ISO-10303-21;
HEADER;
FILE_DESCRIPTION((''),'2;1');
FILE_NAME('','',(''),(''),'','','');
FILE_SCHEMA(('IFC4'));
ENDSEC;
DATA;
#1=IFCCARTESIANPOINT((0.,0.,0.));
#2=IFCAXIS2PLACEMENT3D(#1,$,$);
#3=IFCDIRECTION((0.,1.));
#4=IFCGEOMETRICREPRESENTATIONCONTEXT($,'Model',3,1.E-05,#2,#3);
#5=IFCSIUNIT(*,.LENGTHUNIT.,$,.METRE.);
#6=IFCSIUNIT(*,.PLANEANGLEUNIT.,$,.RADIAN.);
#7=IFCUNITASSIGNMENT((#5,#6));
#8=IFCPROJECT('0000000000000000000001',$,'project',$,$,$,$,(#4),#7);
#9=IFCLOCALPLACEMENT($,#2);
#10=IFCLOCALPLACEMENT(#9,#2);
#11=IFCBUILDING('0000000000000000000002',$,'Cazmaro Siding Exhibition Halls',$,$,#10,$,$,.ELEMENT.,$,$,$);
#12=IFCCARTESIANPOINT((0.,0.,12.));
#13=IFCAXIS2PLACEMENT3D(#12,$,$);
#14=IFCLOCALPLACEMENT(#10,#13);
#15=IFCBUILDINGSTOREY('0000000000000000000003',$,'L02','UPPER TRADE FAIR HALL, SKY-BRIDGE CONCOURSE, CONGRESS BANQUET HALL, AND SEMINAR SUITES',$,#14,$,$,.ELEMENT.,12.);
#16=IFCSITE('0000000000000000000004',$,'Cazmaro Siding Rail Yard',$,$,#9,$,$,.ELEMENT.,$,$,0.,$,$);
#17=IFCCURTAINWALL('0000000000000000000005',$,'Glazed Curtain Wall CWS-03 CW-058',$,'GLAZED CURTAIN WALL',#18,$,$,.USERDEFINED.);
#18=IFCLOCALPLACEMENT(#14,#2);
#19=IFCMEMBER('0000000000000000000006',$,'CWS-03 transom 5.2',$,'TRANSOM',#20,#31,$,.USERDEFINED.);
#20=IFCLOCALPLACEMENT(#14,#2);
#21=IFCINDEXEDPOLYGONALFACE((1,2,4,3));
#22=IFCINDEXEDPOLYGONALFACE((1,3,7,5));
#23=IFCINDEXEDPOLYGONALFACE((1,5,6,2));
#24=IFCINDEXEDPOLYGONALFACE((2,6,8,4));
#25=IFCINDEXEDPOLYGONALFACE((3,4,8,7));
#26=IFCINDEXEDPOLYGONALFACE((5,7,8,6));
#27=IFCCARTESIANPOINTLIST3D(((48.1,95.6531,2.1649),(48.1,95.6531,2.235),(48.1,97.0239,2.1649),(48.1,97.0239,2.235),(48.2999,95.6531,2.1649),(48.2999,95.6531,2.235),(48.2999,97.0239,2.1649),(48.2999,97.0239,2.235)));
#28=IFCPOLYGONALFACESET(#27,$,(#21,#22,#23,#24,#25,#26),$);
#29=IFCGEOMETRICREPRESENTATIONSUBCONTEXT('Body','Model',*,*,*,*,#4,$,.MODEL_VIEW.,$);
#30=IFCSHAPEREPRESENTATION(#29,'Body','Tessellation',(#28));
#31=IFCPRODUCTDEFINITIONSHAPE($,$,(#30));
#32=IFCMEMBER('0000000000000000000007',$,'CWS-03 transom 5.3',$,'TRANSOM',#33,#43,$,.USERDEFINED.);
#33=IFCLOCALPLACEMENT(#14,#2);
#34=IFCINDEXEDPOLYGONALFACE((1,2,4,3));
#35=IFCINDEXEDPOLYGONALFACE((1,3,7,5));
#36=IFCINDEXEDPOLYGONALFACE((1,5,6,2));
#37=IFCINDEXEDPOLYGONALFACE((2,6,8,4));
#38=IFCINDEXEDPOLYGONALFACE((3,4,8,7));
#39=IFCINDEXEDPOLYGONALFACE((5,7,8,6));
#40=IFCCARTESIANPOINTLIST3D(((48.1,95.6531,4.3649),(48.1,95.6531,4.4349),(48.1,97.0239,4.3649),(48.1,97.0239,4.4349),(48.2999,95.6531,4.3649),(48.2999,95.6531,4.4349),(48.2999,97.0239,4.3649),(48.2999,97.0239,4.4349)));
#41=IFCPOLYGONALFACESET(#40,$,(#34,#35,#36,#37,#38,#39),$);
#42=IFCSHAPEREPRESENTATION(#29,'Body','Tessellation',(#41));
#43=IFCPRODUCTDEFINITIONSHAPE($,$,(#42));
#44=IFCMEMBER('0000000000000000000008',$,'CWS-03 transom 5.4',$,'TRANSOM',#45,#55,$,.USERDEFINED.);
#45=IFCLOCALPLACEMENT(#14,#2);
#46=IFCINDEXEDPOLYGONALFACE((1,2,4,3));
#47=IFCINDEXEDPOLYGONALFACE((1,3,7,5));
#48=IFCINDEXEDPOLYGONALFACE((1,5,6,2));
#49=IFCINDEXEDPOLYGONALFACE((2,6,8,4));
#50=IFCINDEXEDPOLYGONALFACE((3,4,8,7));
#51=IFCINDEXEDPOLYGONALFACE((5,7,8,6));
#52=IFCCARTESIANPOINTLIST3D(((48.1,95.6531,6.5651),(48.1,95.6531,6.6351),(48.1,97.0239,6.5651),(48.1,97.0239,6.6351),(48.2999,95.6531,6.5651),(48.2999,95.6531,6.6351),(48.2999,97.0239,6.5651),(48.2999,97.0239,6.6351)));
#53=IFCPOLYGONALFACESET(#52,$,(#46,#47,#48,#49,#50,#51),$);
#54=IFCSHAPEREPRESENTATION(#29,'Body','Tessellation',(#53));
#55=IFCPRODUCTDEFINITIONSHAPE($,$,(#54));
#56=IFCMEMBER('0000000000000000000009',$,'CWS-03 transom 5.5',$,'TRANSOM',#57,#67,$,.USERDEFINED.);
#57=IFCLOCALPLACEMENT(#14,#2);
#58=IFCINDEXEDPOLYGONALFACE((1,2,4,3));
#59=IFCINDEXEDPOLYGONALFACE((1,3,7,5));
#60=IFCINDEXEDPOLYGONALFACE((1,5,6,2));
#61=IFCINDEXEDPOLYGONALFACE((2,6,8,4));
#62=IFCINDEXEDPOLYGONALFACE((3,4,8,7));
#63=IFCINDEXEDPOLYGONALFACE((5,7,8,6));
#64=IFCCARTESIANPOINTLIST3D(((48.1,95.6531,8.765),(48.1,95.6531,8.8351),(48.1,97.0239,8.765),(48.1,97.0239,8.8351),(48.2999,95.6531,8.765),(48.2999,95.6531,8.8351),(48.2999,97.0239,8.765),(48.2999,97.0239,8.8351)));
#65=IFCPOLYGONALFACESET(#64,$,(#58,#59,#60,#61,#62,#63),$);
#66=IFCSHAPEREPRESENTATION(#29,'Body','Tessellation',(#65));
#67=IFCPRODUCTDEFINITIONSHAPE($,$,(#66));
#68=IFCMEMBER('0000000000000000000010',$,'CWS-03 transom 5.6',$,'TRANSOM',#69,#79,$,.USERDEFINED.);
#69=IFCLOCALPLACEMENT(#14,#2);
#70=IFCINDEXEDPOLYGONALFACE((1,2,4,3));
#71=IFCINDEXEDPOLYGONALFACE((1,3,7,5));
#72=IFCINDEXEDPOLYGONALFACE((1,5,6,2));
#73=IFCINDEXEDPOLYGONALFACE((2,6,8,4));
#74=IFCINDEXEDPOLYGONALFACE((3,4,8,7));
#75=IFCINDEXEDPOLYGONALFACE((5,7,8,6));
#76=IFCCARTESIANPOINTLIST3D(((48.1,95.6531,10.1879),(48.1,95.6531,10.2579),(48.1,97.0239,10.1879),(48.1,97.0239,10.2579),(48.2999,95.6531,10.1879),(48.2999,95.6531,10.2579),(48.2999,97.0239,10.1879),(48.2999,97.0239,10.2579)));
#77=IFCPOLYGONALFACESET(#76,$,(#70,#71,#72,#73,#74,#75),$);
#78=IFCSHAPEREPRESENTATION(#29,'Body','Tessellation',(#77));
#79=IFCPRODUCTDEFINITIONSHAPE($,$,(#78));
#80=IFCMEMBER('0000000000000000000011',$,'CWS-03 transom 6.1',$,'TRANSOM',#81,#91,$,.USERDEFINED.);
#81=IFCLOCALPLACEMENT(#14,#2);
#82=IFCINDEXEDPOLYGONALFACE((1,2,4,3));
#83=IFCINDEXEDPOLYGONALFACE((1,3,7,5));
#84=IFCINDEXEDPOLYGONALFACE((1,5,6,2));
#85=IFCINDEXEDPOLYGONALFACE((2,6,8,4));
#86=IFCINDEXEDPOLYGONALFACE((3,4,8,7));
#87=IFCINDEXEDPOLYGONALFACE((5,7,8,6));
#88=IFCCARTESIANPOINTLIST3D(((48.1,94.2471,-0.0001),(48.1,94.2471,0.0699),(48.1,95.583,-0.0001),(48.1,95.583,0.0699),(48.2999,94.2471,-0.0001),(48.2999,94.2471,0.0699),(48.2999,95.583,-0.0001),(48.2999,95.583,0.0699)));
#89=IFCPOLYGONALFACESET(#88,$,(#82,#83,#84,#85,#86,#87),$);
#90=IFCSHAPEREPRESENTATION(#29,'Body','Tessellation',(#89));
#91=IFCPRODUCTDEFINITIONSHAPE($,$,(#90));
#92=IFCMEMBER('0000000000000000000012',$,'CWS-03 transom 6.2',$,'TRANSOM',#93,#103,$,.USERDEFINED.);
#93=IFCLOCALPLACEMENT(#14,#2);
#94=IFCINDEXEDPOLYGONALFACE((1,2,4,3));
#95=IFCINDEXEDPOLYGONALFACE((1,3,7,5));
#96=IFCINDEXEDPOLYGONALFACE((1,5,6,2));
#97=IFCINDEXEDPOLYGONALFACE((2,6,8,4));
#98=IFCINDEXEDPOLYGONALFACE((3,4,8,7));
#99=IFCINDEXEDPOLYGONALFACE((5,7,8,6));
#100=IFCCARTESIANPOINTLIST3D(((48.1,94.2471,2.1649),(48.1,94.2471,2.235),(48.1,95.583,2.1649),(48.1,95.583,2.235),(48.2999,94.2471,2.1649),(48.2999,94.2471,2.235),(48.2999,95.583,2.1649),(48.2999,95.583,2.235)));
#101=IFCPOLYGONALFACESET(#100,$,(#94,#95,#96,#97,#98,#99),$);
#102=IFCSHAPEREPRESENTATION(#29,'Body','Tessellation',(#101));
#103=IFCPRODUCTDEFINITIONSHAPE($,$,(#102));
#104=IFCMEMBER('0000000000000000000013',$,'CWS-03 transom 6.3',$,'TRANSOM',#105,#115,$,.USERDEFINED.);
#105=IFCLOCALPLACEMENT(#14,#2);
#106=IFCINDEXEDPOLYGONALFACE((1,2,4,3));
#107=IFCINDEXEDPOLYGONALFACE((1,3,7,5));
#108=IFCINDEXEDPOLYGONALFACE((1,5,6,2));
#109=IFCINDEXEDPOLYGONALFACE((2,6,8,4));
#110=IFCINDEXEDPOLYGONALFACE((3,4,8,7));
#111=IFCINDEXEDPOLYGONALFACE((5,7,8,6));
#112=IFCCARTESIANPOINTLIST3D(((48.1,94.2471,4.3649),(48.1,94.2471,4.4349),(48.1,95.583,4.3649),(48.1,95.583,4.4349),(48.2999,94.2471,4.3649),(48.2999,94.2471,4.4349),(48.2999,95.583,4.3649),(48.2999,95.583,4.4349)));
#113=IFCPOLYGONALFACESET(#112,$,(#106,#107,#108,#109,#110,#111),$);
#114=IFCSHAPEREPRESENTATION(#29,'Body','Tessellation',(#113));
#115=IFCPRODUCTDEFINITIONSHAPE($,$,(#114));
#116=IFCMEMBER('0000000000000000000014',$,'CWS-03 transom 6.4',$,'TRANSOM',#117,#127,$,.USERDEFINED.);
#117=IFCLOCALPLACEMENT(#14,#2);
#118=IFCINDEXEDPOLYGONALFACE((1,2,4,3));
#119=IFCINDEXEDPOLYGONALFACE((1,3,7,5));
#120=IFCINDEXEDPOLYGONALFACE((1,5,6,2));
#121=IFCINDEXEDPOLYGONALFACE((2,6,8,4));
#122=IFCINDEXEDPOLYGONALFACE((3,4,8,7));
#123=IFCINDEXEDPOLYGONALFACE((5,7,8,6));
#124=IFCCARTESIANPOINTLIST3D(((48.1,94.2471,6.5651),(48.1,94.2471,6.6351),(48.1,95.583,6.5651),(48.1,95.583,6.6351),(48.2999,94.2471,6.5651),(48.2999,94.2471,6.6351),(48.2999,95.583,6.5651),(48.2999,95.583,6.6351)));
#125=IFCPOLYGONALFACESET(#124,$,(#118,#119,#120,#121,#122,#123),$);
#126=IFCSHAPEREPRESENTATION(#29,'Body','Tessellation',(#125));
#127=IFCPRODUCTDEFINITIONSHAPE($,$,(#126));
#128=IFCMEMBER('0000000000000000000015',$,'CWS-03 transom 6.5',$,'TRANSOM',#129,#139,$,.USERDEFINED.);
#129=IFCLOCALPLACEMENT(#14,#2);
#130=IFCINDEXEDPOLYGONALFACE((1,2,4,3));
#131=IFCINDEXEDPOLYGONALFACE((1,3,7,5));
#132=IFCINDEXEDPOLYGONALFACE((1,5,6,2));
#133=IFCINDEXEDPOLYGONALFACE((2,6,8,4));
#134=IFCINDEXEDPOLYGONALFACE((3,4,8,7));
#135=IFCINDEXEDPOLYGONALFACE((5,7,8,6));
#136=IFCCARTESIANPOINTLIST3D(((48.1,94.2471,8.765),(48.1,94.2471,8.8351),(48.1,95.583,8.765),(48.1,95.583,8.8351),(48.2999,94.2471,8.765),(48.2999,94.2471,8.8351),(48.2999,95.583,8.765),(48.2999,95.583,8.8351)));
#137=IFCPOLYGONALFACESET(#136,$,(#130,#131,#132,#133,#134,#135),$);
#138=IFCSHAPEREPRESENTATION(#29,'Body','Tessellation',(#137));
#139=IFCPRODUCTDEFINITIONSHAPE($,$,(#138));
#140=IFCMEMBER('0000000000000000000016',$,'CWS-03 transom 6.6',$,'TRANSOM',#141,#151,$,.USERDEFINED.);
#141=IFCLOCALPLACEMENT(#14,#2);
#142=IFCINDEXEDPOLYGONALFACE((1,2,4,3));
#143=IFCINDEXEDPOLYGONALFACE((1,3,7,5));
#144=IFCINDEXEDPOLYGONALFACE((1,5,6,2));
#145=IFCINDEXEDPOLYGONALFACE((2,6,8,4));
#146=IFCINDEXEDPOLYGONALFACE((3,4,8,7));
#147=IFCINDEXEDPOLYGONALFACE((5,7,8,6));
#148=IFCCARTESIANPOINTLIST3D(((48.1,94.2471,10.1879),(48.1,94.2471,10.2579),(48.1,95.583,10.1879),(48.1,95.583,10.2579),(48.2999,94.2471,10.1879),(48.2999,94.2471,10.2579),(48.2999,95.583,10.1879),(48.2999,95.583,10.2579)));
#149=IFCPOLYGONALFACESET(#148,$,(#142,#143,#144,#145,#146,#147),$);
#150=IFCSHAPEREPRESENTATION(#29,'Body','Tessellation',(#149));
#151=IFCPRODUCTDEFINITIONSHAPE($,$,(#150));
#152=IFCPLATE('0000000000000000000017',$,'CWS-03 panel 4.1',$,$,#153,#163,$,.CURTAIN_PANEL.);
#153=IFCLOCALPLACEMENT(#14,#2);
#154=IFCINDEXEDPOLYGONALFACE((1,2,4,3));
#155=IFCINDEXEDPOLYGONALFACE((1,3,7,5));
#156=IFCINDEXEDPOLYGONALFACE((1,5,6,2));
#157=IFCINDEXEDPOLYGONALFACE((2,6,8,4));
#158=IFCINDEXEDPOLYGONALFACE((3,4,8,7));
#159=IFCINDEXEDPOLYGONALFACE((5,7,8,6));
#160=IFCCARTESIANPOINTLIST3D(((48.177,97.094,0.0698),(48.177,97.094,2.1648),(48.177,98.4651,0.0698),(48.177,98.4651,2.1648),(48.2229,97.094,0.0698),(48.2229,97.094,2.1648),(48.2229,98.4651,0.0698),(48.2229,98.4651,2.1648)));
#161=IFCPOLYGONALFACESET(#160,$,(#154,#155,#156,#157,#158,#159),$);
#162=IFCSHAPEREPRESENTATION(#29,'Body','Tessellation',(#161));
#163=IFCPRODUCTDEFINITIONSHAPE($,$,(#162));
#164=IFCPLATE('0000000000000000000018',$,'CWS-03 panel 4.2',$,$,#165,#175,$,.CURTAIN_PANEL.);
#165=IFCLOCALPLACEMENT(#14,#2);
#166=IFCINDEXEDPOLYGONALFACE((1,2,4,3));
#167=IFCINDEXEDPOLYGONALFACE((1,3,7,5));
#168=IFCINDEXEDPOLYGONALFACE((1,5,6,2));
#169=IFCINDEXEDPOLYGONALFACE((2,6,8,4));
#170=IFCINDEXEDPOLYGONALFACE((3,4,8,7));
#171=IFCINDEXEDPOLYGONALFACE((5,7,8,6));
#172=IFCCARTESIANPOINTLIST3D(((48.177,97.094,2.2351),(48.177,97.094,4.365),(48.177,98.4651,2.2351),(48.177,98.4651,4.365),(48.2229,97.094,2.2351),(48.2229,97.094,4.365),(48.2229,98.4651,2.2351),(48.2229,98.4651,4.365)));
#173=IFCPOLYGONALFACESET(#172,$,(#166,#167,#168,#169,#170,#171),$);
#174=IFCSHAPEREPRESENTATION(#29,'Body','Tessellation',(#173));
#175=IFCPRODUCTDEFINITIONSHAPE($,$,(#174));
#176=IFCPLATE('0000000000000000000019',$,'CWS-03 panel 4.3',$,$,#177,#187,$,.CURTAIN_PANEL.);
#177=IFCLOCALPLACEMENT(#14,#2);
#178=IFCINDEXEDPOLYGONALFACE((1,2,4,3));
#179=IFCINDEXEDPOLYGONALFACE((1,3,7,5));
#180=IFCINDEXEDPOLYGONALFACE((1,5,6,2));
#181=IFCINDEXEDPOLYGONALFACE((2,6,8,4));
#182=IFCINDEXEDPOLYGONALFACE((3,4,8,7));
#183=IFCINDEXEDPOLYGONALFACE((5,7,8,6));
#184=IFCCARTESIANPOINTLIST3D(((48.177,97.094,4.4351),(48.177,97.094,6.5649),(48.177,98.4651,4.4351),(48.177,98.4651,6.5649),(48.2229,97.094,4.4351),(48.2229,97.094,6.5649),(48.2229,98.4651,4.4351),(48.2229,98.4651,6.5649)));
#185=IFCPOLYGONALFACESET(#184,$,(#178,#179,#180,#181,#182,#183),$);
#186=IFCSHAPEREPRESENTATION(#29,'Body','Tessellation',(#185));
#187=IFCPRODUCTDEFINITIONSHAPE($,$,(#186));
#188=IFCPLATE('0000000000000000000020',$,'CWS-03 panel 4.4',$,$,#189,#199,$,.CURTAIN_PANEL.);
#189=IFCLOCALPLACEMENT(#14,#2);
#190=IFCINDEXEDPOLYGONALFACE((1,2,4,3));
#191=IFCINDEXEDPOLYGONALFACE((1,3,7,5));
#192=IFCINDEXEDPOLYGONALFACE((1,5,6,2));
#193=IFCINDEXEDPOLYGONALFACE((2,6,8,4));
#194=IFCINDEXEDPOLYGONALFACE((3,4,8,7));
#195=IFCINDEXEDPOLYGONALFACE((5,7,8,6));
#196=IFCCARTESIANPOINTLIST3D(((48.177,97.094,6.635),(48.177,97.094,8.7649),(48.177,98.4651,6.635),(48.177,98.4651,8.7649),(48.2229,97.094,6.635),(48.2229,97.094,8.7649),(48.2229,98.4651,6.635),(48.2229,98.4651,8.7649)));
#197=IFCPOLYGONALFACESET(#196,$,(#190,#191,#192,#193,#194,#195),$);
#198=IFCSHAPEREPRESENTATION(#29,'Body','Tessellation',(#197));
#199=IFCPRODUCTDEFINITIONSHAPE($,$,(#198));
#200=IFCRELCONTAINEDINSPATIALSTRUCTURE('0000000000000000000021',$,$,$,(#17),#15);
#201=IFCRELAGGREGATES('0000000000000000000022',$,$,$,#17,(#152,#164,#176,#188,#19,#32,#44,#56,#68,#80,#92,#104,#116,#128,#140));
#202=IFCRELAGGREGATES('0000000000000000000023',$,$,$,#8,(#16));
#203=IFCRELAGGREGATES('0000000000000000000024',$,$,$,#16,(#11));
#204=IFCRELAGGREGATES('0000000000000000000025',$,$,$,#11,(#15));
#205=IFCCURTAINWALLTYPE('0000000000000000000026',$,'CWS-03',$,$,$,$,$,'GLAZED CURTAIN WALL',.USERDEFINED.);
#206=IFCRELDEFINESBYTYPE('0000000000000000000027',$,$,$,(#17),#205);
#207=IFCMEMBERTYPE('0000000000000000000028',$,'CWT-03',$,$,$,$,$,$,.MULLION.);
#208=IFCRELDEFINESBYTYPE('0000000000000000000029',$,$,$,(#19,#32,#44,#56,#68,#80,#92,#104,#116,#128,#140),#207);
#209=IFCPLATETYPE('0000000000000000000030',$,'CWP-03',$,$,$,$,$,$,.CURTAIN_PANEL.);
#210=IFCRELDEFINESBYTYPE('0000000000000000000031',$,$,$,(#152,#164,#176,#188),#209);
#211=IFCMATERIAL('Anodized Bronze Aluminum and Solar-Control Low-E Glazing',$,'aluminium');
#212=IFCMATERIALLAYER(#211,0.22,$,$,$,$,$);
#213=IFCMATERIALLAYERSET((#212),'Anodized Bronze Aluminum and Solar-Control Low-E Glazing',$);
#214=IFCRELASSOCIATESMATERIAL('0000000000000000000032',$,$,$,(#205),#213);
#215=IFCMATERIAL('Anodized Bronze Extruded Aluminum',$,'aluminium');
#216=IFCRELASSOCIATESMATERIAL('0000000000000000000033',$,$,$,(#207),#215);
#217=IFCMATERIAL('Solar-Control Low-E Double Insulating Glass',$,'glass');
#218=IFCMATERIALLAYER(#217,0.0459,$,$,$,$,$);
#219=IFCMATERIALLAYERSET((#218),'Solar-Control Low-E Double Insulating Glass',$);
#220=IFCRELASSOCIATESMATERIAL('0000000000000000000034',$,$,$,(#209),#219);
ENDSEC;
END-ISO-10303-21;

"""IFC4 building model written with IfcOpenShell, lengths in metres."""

from ifc_helpers import new_model, si_unit, direction, frame, origin, origin_2d, place, context, subcontext, project, spatial, rectangle, extrude, material, layer, layer_set, material_profile, profile_set, type_object, element, aggregate, save


model = new_model("IFC4")

# Units and contexts
model_context = context("Model", 3, precision=1e-05, world=origin(), true_north=direction((0.0, 1.0)))
body_context = subcontext(model_context, "Body", "Model", "MODEL_VIEW")
ifc_project = project(units=[si_unit("LENGTHUNIT", "METRE"), si_unit("PLANEANGLEUNIT", "RADIAN")], contexts=[model_context])

# Site, building, storey
site_placement = place(None, origin())
site = spatial("IfcSite", under=ifc_project, at=site_placement, Name="Cazmaro Siding Rail Yard", CompositionType="ELEMENT", RefElevation=0.0)
building_placement = place(site_placement, origin())
building = spatial("IfcBuilding", under=site, at=building_placement, Name="Cazmaro Siding Exhibition Halls", CompositionType="ELEMENT")
storey_placement = place(building_placement, frame((0.0, 0.0, 12.0)))
storey = spatial("IfcBuildingStorey", under=building, at=storey_placement, Name="L02", Description="UPPER TRADE FAIR HALL, SKY-BRIDGE CONCOURSE, CONGRESS BANQUET HALL, AND SEMINAR SUITES", CompositionType="ELEMENT", Elevation=12.0)

# Shared definitions
ifc_material_1 = material(Name="Anodized Bronze Aluminum and Solar-Control Low-E Glazing", Category="aluminium")
ifc_layer_1 = layer(ifc_material_1, 0.22)
ifc_layer_set_1 = layer_set([ifc_layer_1], Name="Anodized Bronze Aluminum and Solar-Control Low-E Glazing")
curtain_wall_type = type_object("IfcCurtainWallType", Name="CWS-03", ElementType="GLAZED CURTAIN WALL", PredefinedType="USERDEFINED", material=ifc_layer_set_1)

# Curtain wall
curtain_wall_1_placement = place(storey_placement, origin())
curtain_wall_1 = element("IfcCurtainWall", 1, at=curtain_wall_1_placement, inside=storey, type_object=curtain_wall_type, Name="Glazed Curtain Wall CWS-03 CW-058", ObjectType="GLAZED CURTAIN WALL", PredefinedType="USERDEFINED")

# Members
ifc_material_2 = material(Name="Anodized Bronze Extruded Aluminum", Category="aluminium")
ifc_material_profile_1 = material_profile(ifc_material_2, rectangle(XDim=0.2, YDim=0.0701, at=origin_2d()), Name="CWT-03")
ifc_profile_set_1 = profile_set([ifc_material_profile_1], Name="Anodized Bronze Extruded Aluminum")
member_type_1 = type_object("IfcMemberType", Name="CWT-03", PredefinedType="MULLION", material=ifc_profile_set_1)
member_1_placement = place(storey_placement, frame((48.2, 97.0239, 2.2), z_axis=(0.0, -1.0, 0.0), x_axis=(1.0, 0.0, 0.0)))
member_1 = element("IfcMember", 2, at=member_1_placement, type_object=member_type_1, Name="CWS-03 transom 5.2", ObjectType="TRANSOM", PredefinedType="USERDEFINED", context=body_context, shape_type="SweptSolid", body=[
    extrude(rectangle(XDim=0.2, YDim=0.0701, at=origin_2d()), origin(), (0.0, 0.0, 1.0), 1.3708),
])
member_2_placement = place(storey_placement, frame((48.2, 97.0239, 4.3999), z_axis=(0.0, -1.0, 0.0), x_axis=(1.0, 0.0, 0.0)))
member_2 = element("IfcMember", 3, at=member_2_placement, type_object=member_type_1, Name="CWS-03 transom 5.3", ObjectType="TRANSOM", PredefinedType="USERDEFINED", context=body_context, shape_type="SweptSolid", body=[
    extrude(rectangle(XDim=0.2, YDim=0.0701, at=origin_2d()), origin(), (0.0, 0.0, 1.0), 1.3708),
])
member_3_placement = place(storey_placement, frame((48.2, 97.0239, 6.6001), z_axis=(0.0, -1.0, 0.0), x_axis=(1.0, 0.0, 0.0)))
member_3 = element("IfcMember", 4, at=member_3_placement, type_object=member_type_1, Name="CWS-03 transom 5.4", ObjectType="TRANSOM", PredefinedType="USERDEFINED", context=body_context, shape_type="SweptSolid", body=[
    extrude(rectangle(XDim=0.2, YDim=0.0701, at=origin_2d()), origin(), (0.0, 0.0, 1.0), 1.3708),
])
member_4_placement = place(storey_placement, frame((48.2, 97.0239, 8.8), z_axis=(0.0, -1.0, 0.0), x_axis=(1.0, 0.0, 0.0)))
member_4 = element("IfcMember", 5, at=member_4_placement, type_object=member_type_1, Name="CWS-03 transom 5.5", ObjectType="TRANSOM", PredefinedType="USERDEFINED", context=body_context, shape_type="SweptSolid", body=[
    extrude(rectangle(XDim=0.2, YDim=0.0701, at=origin_2d()), origin(), (0.0, 0.0, 1.0), 1.3708),
])
member_5_placement = place(storey_placement, frame((48.2, 97.0239, 10.2229), z_axis=(0.0, -1.0, 0.0), x_axis=(1.0, 0.0, 0.0)))
member_5 = element("IfcMember", 6, at=member_5_placement, type_object=member_type_1, Name="CWS-03 transom 5.6", ObjectType="TRANSOM", PredefinedType="USERDEFINED", context=body_context, shape_type="SweptSolid", body=[
    extrude(rectangle(XDim=0.2, YDim=0.0701, at=origin_2d()), origin(), (0.0, 0.0, 1.0), 1.3708),
])
member_6_placement = place(storey_placement, frame((48.2, 95.583, 0.0349), z_axis=(0.0, -1.0, 0.0), x_axis=(1.0, 0.0, 0.0)))
member_6 = element("IfcMember", 7, at=member_6_placement, type_object=member_type_1, Name="CWS-03 transom 6.1", ObjectType="TRANSOM", PredefinedType="USERDEFINED", context=body_context, shape_type="SweptSolid", body=[
    extrude(rectangle(XDim=0.2, YDim=0.0701, at=origin_2d()), origin(), (0.0, 0.0, 1.0), 1.3359),
])
member_7_placement = place(storey_placement, frame((48.2, 95.583, 2.2), z_axis=(0.0, -1.0, 0.0), x_axis=(1.0, 0.0, 0.0)))
member_7 = element("IfcMember", 8, at=member_7_placement, type_object=member_type_1, Name="CWS-03 transom 6.2", ObjectType="TRANSOM", PredefinedType="USERDEFINED", context=body_context, shape_type="SweptSolid", body=[
    extrude(rectangle(XDim=0.2, YDim=0.0701, at=origin_2d()), origin(), (0.0, 0.0, 1.0), 1.3359),
])
member_8_placement = place(storey_placement, frame((48.2, 95.583, 4.3999), z_axis=(0.0, -1.0, 0.0), x_axis=(1.0, 0.0, 0.0)))
member_8 = element("IfcMember", 9, at=member_8_placement, type_object=member_type_1, Name="CWS-03 transom 6.3", ObjectType="TRANSOM", PredefinedType="USERDEFINED", context=body_context, shape_type="SweptSolid", body=[
    extrude(rectangle(XDim=0.2, YDim=0.0701, at=origin_2d()), origin(), (0.0, 0.0, 1.0), 1.3359),
])
member_9_placement = place(storey_placement, frame((48.2, 95.583, 6.6001), z_axis=(0.0, -1.0, 0.0), x_axis=(1.0, 0.0, 0.0)))
member_9 = element("IfcMember", 10, at=member_9_placement, type_object=member_type_1, Name="CWS-03 transom 6.4", ObjectType="TRANSOM", PredefinedType="USERDEFINED", context=body_context, shape_type="SweptSolid", body=[
    extrude(rectangle(XDim=0.2, YDim=0.0701, at=origin_2d()), origin(), (0.0, 0.0, 1.0), 1.3359),
])
member_10_placement = place(storey_placement, frame((48.2, 95.583, 8.8), z_axis=(0.0, -1.0, 0.0), x_axis=(1.0, 0.0, 0.0)))
member_10 = element("IfcMember", 11, at=member_10_placement, type_object=member_type_1, Name="CWS-03 transom 6.5", ObjectType="TRANSOM", PredefinedType="USERDEFINED", context=body_context, shape_type="SweptSolid", body=[
    extrude(rectangle(XDim=0.2, YDim=0.0701, at=origin_2d()), origin(), (0.0, 0.0, 1.0), 1.3359),
])
member_11_placement = place(storey_placement, frame((48.2, 95.583, 10.2229), z_axis=(0.0, -1.0, 0.0), x_axis=(1.0, 0.0, 0.0)))
member_11 = element("IfcMember", 12, at=member_11_placement, type_object=member_type_1, Name="CWS-03 transom 6.6", ObjectType="TRANSOM", PredefinedType="USERDEFINED", context=body_context, shape_type="SweptSolid", body=[
    extrude(rectangle(XDim=0.2, YDim=0.0701, at=origin_2d()), origin(), (0.0, 0.0, 1.0), 1.3359),
])

# Plates
ifc_material_3 = material(Name="Solar-Control Low-E Double Insulating Glass", Category="glass")
ifc_layer_2 = layer(ifc_material_3, 0.0459)
ifc_layer_set_2 = layer_set([ifc_layer_2], Name="Solar-Control Low-E Double Insulating Glass")
plate_type = type_object("IfcPlateType", Name="CWP-03", PredefinedType="CURTAIN_PANEL", material=ifc_layer_set_2)
plate_1_placement = place(storey_placement, frame((48.2, 97.7795, 0.0698), z_axis=(0.0, 0.0, 1.0), x_axis=(0.0, -1.0, 0.0)))
plate_1 = element("IfcPlate", 13, at=plate_1_placement, type_object=plate_type, Name="CWS-03 panel 4.1", PredefinedType="CURTAIN_PANEL", context=body_context, shape_type="SweptSolid", body=[
    extrude(rectangle(XDim=1.3711, YDim=0.0459, at=origin_2d()), origin(), (0.0, 0.0, 1.0), 2.095),
])
plate_2_placement = place(storey_placement, frame((48.2, 97.7795, 2.2351), z_axis=(0.0, 0.0, 1.0), x_axis=(0.0, -1.0, 0.0)))
plate_2 = element("IfcPlate", 14, at=plate_2_placement, type_object=plate_type, Name="CWS-03 panel 4.2", PredefinedType="CURTAIN_PANEL", context=body_context, shape_type="SweptSolid", body=[
    extrude(rectangle(XDim=1.3711, YDim=0.0459, at=origin_2d()), origin(), (0.0, 0.0, 1.0), 2.1299),
])
plate_3_placement = place(storey_placement, frame((48.2, 97.7795, 4.4351), z_axis=(0.0, 0.0, 1.0), x_axis=(0.0, -1.0, 0.0)))
plate_3 = element("IfcPlate", 15, at=plate_3_placement, type_object=plate_type, Name="CWS-03 panel 4.3", PredefinedType="CURTAIN_PANEL", context=body_context, shape_type="SweptSolid", body=[
    extrude(rectangle(XDim=1.3711, YDim=0.0459, at=origin_2d()), origin(), (0.0, 0.0, 1.0), 2.1299),
])
plate_4_placement = place(storey_placement, frame((48.2, 97.7795, 6.635), z_axis=(0.0, 0.0, 1.0), x_axis=(0.0, -1.0, 0.0)))
plate_4 = element("IfcPlate", 16, at=plate_4_placement, type_object=plate_type, Name="CWS-03 panel 4.4", PredefinedType="CURTAIN_PANEL", context=body_context, shape_type="SweptSolid", body=[
    extrude(rectangle(XDim=1.3711, YDim=0.0459, at=origin_2d()), origin(), (0.0, 0.0, 1.0), 2.1299),
])
aggregate(curtain_wall_1, [plate_1, plate_2, plate_3, plate_4, member_1, member_2, member_3, member_4, member_5, member_6, member_7, member_8, member_9, member_10, member_11])

save(model, "model.ifc")
